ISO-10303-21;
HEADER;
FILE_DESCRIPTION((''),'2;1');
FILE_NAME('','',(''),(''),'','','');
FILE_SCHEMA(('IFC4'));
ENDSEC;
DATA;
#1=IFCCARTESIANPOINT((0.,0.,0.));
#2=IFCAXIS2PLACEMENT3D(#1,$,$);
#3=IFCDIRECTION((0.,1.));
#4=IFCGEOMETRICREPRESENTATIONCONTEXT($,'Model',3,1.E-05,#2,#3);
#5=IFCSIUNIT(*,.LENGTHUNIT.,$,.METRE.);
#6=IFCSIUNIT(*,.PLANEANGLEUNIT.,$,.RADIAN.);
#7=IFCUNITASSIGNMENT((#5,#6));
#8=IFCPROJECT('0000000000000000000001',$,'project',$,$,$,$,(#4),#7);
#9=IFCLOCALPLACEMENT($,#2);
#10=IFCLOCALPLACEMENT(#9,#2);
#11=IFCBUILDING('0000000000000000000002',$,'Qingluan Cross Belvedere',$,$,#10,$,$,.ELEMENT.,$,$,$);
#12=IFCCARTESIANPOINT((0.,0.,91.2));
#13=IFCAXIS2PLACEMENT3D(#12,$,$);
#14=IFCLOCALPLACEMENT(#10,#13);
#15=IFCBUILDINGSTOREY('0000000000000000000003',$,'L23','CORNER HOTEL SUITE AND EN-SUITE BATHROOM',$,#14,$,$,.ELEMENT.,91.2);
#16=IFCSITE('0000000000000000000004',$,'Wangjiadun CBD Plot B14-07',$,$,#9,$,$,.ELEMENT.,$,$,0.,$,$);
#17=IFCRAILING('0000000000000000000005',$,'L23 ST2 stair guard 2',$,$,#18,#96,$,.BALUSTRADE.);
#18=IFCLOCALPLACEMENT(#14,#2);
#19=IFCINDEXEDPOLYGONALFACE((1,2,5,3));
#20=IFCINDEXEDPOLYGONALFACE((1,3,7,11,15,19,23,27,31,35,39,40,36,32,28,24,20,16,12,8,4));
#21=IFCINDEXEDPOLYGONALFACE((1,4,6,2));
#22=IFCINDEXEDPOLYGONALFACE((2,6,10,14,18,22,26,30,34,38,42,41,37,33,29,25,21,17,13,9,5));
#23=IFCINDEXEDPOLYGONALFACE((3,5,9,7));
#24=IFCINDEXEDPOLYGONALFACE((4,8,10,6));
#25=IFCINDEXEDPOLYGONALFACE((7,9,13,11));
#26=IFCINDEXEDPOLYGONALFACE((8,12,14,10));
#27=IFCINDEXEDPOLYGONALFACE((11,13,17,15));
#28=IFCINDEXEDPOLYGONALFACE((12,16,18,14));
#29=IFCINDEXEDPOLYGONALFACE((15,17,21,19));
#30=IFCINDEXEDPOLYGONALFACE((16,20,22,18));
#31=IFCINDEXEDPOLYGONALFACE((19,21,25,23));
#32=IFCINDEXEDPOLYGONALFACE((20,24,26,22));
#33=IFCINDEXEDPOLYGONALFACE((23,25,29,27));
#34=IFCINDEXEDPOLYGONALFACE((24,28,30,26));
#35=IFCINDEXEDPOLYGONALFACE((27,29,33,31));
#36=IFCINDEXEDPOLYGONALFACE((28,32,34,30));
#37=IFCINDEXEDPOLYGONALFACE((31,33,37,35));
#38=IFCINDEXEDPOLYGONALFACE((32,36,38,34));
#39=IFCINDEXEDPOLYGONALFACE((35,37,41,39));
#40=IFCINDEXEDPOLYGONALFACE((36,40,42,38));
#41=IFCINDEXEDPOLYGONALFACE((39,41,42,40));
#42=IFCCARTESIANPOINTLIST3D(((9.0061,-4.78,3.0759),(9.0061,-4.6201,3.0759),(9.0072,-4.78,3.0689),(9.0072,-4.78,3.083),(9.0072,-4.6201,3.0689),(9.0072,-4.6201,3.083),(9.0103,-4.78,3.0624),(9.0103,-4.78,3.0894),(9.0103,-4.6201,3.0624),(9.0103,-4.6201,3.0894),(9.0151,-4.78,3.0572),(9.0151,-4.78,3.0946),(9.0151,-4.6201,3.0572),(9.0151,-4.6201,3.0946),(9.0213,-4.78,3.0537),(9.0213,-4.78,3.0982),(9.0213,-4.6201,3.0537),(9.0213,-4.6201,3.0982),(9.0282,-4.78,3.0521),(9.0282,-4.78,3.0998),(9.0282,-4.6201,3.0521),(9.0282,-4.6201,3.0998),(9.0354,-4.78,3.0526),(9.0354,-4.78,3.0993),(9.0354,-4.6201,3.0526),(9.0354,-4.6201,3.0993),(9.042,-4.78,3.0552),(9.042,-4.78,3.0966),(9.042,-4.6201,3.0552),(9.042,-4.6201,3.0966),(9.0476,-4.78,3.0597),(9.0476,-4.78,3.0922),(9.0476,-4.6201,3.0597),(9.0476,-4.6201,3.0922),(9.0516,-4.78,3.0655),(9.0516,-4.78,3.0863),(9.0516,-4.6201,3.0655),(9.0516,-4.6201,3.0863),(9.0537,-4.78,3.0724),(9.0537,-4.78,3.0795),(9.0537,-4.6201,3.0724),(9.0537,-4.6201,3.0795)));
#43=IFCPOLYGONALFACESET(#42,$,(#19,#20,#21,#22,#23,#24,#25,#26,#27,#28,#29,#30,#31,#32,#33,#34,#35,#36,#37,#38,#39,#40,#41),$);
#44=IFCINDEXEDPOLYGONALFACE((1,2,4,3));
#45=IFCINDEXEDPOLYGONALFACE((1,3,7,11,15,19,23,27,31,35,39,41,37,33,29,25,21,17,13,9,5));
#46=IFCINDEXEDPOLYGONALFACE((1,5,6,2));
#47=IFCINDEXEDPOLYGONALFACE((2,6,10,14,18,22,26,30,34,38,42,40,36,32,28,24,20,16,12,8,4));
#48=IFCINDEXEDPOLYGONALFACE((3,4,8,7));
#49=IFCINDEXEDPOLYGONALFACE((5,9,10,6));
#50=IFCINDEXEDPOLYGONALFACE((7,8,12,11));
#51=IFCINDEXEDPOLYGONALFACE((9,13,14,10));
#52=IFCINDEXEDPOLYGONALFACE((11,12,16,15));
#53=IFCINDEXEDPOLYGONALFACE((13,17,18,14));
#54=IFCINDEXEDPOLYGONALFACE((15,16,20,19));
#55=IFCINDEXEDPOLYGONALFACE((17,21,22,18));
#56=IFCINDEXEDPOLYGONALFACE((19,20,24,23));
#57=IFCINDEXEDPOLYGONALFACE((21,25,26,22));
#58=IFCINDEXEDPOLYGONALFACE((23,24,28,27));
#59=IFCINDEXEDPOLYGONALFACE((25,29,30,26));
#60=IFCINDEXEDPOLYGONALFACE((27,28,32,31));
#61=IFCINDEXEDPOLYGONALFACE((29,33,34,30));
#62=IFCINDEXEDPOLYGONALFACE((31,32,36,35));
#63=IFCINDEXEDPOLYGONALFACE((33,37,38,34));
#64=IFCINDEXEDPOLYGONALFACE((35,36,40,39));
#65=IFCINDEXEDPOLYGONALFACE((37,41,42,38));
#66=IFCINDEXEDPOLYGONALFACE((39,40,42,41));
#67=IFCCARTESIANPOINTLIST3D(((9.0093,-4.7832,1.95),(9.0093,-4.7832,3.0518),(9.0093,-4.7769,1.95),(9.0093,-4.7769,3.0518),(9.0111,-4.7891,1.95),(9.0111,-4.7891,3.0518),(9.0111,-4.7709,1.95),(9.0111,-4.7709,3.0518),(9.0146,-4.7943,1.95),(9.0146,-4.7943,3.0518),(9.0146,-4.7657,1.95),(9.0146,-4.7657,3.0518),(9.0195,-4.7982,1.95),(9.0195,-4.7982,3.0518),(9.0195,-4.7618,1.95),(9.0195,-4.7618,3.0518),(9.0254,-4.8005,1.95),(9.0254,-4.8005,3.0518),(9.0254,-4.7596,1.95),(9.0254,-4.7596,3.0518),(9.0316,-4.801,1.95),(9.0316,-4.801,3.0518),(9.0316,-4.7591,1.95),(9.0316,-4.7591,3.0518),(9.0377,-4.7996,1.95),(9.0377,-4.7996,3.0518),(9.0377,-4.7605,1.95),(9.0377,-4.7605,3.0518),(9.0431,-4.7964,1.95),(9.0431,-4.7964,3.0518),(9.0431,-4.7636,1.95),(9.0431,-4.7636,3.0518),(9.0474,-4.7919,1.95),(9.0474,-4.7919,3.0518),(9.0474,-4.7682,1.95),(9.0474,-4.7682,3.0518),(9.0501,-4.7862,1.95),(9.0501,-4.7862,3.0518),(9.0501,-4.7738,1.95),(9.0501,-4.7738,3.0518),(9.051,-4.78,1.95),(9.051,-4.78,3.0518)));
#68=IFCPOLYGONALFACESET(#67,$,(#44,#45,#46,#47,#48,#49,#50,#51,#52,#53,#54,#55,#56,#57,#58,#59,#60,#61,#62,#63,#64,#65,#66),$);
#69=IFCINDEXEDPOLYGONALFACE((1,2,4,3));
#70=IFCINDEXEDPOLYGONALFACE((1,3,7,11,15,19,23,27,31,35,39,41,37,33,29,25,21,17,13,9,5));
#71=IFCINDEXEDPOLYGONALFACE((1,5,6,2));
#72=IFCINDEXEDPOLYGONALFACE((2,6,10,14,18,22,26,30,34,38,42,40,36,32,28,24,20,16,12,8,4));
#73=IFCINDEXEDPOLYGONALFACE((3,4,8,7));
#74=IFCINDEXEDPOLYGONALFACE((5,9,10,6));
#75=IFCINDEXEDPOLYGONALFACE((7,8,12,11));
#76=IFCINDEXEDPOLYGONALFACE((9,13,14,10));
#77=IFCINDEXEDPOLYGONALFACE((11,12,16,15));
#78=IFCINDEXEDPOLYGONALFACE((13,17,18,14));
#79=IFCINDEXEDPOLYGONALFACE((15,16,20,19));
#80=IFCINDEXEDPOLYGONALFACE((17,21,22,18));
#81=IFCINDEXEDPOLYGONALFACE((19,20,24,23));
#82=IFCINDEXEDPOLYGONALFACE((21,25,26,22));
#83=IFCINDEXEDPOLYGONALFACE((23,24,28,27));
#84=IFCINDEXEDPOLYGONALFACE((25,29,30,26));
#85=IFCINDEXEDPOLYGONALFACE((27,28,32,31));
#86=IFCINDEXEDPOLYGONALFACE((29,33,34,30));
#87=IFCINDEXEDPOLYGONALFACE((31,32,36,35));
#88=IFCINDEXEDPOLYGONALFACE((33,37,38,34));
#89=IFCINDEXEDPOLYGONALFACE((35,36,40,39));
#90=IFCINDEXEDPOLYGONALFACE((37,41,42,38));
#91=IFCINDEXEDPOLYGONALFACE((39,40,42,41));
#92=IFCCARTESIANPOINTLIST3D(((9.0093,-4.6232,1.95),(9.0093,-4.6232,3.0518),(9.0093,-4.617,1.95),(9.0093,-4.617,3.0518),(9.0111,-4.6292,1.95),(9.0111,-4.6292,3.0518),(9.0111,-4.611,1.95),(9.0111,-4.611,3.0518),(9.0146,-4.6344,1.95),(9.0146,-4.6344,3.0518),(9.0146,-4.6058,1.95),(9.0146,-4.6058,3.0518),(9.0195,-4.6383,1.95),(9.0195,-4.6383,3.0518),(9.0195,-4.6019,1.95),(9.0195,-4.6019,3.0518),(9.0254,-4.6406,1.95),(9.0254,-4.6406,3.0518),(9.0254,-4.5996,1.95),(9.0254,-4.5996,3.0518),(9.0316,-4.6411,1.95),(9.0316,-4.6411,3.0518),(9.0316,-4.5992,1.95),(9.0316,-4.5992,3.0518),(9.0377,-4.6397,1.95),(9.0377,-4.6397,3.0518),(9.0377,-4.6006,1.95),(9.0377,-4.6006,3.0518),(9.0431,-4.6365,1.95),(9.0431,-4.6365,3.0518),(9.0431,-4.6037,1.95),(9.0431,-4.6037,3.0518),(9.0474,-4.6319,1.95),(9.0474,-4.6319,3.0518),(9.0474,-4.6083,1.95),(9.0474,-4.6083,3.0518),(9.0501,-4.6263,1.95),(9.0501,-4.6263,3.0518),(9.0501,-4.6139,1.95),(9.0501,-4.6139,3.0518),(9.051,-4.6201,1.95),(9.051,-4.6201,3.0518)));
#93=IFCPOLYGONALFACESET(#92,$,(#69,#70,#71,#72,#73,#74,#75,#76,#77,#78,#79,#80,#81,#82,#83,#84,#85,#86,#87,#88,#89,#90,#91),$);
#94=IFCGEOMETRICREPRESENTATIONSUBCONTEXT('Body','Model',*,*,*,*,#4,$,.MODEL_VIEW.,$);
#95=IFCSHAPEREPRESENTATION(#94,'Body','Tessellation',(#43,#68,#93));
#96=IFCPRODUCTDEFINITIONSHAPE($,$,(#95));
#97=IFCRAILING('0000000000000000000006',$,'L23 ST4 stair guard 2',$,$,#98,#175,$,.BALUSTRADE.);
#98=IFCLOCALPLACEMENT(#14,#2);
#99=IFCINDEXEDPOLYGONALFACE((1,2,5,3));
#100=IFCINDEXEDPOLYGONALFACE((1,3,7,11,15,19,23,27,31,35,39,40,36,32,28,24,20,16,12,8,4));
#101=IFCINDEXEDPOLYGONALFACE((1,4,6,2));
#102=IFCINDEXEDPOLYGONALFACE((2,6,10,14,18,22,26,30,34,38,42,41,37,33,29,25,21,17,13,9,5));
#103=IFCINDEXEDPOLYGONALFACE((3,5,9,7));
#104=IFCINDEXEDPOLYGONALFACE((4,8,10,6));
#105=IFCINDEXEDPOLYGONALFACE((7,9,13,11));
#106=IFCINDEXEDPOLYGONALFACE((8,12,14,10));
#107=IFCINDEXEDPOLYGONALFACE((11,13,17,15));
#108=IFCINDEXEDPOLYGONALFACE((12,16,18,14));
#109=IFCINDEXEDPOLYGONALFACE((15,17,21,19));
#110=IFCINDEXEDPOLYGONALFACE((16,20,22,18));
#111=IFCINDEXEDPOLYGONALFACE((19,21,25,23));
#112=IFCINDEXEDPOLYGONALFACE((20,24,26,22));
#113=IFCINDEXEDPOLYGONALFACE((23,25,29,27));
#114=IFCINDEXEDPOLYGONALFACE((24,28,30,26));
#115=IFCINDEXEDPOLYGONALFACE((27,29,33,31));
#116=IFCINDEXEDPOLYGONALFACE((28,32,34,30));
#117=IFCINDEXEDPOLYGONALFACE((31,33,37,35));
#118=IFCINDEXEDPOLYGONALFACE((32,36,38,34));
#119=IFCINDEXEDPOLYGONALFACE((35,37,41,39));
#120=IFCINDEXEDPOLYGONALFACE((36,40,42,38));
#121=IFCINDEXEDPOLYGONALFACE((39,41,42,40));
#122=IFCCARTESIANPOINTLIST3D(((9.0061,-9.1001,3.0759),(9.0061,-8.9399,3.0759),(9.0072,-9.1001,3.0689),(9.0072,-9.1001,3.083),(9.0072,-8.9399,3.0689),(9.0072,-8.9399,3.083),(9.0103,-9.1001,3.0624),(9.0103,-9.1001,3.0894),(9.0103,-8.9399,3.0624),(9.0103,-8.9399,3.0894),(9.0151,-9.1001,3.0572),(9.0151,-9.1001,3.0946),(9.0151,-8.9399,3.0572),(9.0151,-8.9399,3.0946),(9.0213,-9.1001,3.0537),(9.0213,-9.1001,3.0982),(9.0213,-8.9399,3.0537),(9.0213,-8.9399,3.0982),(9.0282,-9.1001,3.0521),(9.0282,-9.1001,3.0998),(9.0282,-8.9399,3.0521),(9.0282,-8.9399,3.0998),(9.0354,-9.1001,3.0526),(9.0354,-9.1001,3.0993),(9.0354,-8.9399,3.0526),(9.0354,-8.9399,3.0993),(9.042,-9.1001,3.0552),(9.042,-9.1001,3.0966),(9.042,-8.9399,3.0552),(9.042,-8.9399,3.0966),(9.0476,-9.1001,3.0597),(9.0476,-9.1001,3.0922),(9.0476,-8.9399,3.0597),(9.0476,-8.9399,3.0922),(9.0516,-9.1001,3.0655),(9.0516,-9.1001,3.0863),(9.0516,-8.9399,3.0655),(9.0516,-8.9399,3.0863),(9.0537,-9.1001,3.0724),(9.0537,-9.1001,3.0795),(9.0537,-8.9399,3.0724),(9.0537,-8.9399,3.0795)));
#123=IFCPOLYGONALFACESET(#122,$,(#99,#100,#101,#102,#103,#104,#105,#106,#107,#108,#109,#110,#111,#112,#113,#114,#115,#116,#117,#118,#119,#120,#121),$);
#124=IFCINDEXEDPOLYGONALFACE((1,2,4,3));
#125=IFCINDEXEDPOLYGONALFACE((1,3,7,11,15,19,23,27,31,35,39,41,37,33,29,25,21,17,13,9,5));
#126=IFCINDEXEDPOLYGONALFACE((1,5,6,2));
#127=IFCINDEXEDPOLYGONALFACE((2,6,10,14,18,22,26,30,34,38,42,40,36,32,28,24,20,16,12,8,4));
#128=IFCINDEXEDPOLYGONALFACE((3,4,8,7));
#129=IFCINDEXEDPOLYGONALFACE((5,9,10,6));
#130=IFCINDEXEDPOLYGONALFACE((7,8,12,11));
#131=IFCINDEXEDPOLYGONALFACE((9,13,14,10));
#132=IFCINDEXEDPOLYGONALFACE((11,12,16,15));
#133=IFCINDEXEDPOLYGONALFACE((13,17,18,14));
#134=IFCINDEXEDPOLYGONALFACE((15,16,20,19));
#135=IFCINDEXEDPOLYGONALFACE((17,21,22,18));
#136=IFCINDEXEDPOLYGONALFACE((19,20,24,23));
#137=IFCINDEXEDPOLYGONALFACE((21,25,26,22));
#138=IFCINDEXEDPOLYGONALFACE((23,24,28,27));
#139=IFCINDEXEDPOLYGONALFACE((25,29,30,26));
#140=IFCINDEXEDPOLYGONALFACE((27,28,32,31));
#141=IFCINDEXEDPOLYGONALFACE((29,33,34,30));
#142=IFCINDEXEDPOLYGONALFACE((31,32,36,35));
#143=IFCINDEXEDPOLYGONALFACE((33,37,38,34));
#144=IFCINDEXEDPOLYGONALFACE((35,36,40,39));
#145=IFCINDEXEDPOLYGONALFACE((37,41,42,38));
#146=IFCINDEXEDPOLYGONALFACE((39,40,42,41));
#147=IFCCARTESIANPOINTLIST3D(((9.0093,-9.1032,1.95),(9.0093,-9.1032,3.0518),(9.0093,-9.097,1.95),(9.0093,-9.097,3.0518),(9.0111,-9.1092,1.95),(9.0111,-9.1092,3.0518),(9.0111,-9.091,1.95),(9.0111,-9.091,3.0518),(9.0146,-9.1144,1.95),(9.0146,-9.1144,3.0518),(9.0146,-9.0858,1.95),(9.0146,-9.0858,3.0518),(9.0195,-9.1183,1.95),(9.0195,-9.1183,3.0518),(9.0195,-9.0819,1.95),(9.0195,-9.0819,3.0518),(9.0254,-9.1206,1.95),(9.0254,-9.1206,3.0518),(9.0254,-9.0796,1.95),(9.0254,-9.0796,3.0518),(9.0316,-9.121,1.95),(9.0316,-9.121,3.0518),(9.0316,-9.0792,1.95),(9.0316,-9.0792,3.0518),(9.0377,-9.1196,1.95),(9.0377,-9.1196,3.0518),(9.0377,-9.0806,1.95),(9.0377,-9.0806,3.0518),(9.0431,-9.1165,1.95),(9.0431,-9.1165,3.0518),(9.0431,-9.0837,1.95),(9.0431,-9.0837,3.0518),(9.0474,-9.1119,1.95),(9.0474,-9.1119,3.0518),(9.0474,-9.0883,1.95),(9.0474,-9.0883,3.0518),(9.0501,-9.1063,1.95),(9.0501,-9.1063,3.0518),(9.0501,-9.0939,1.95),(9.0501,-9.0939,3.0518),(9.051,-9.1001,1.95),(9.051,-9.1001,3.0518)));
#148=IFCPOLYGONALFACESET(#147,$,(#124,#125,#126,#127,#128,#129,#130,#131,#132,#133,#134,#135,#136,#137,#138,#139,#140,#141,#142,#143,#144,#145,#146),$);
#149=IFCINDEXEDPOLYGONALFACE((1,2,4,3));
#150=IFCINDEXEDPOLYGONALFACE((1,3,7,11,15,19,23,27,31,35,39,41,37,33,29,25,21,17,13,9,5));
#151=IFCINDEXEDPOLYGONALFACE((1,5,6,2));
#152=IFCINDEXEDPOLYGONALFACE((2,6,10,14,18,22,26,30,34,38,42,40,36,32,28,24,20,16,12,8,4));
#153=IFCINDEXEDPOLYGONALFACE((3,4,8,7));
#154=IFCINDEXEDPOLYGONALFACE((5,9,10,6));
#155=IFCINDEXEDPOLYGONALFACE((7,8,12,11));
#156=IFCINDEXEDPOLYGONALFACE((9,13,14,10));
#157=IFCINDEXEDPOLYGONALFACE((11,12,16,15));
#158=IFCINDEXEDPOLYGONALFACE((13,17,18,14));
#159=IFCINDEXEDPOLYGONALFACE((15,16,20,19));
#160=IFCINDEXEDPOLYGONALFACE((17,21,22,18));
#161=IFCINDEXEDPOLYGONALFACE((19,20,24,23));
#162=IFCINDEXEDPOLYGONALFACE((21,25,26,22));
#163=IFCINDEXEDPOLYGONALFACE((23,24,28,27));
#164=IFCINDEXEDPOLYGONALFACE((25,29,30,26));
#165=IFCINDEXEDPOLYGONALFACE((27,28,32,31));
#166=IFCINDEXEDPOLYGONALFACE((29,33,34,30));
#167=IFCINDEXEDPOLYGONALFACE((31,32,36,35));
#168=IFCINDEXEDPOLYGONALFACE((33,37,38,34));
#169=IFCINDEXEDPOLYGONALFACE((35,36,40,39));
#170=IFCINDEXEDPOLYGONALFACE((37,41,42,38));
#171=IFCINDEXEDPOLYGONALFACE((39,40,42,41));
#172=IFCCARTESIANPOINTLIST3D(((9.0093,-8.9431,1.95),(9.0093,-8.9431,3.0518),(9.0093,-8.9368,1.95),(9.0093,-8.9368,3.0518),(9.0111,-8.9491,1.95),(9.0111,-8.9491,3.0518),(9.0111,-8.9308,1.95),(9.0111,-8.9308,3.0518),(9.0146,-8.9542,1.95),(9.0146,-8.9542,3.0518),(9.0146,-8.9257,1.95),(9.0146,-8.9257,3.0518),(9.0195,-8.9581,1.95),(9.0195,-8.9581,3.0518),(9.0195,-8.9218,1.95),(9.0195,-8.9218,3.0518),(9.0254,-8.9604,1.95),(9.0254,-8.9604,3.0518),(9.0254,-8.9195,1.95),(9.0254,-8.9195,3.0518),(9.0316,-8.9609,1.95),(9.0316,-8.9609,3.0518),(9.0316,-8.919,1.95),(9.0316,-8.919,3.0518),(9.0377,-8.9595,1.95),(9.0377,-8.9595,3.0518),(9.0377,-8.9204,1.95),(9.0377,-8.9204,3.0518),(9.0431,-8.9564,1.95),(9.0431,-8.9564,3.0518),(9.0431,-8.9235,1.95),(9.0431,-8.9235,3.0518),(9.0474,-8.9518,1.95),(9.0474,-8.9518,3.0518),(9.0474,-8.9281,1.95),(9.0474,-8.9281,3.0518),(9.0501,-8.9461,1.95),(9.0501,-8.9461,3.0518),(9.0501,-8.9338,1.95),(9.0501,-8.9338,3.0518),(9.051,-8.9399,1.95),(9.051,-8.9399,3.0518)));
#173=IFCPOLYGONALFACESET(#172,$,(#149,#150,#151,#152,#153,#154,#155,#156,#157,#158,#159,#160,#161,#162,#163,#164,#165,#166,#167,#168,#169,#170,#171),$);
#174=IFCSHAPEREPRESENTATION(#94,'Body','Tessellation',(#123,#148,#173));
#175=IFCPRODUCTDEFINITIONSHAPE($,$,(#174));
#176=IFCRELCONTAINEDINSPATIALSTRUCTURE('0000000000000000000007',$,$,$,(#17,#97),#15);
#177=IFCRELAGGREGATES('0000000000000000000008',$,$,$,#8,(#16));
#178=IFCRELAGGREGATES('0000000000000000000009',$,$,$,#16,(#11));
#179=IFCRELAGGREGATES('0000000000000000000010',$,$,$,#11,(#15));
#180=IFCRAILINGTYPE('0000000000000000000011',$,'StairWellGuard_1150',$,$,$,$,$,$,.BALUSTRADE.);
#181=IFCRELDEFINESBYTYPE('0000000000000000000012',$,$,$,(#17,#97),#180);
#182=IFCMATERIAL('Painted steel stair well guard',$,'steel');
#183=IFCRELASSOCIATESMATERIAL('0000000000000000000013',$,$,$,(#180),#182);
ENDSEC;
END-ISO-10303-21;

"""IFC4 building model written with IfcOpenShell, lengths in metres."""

from ifc_helpers import new_model, si_unit, direction, frame, origin, origin_2d, place, context, subcontext, project, spatial, circle, extrude, material, type_object, element, save


model = new_model("IFC4")

# Units and contexts
model_context = context("Model", 3, precision=1e-05, world=origin(), true_north=direction((0.0, 1.0)))
body_context = subcontext(model_context, "Body", "Model", "MODEL_VIEW")
ifc_project = project(units=[si_unit("LENGTHUNIT", "METRE"), si_unit("PLANEANGLEUNIT", "RADIAN")], contexts=[model_context])

# Site, building, storey
site_placement = place(None, origin())
site = spatial("IfcSite", under=ifc_project, at=site_placement, Name="Wangjiadun CBD Plot B14-07", CompositionType="ELEMENT", RefElevation=0.0)
building_placement = place(site_placement, origin())
building = spatial("IfcBuilding", under=site, at=building_placement, Name="Qingluan Cross Belvedere", CompositionType="ELEMENT")
storey_placement = place(building_placement, frame((0.0, 0.0, 91.2)))
storey = spatial("IfcBuildingStorey", under=building, at=storey_placement, Name="L23", Description="CORNER HOTEL SUITE AND EN-SUITE BATHROOM", CompositionType="ELEMENT", Elevation=91.2)

# Railings
ifc_material_1 = material(Name="Painted steel stair well guard", Category="steel")
railing_type_1 = type_object("IfcRailingType", Name="StairWellGuard_1150", PredefinedType="BALUSTRADE", material=ifc_material_1)
railing_1_placement = place(storey_placement, frame((9.03, -4.78, 1.95)))
element("IfcRailing", 1, at=railing_1_placement, inside=storey, type_object=railing_type_1, Name="L23 ST2 stair guard 2", PredefinedType="BALUSTRADE", context=body_context, shape_type="SweptSolid", body=[
    extrude(circle(Radius=0.0239, at=origin_2d()), frame((0.0, 0.0, 1.126), z_axis=(0.0, 1.0, 0.0), x_axis=(-1.0, 0.0, 0.0)), (0.0, 0.0, 1.0), 0.1599),
    extrude(circle(Radius=0.021, at=origin_2d()), origin(), (0.0, 0.0, 1.0), 1.1018),
    extrude(circle(Radius=0.021, at=origin_2d()), frame((0.0, 0.1599, 0.0)), (0.0, 0.0, 1.0), 1.1018),
])
railing_2_placement = place(storey_placement, frame((9.03, -9.1001, 1.95)))
element("IfcRailing", 2, at=railing_2_placement, inside=storey, type_object=railing_type_1, Name="L23 ST4 stair guard 2", PredefinedType="BALUSTRADE", context=body_context, shape_type="SweptSolid", body=[
    extrude(circle(Radius=0.0239, at=origin_2d()), frame((0.0, 0.0, 1.126), z_axis=(0.0, 1.0, 0.0), x_axis=(-1.0, 0.0, 0.0)), (0.0, 0.0, 1.0), 0.1602),
    extrude(circle(Radius=0.021, at=origin_2d()), origin(), (0.0, 0.0, 1.0), 1.1018),
    extrude(circle(Radius=0.021, at=origin_2d()), frame((0.0, 0.1602, 0.0)), (0.0, 0.0, 1.0), 1.1018),
])

save(model, "model.ifc")
